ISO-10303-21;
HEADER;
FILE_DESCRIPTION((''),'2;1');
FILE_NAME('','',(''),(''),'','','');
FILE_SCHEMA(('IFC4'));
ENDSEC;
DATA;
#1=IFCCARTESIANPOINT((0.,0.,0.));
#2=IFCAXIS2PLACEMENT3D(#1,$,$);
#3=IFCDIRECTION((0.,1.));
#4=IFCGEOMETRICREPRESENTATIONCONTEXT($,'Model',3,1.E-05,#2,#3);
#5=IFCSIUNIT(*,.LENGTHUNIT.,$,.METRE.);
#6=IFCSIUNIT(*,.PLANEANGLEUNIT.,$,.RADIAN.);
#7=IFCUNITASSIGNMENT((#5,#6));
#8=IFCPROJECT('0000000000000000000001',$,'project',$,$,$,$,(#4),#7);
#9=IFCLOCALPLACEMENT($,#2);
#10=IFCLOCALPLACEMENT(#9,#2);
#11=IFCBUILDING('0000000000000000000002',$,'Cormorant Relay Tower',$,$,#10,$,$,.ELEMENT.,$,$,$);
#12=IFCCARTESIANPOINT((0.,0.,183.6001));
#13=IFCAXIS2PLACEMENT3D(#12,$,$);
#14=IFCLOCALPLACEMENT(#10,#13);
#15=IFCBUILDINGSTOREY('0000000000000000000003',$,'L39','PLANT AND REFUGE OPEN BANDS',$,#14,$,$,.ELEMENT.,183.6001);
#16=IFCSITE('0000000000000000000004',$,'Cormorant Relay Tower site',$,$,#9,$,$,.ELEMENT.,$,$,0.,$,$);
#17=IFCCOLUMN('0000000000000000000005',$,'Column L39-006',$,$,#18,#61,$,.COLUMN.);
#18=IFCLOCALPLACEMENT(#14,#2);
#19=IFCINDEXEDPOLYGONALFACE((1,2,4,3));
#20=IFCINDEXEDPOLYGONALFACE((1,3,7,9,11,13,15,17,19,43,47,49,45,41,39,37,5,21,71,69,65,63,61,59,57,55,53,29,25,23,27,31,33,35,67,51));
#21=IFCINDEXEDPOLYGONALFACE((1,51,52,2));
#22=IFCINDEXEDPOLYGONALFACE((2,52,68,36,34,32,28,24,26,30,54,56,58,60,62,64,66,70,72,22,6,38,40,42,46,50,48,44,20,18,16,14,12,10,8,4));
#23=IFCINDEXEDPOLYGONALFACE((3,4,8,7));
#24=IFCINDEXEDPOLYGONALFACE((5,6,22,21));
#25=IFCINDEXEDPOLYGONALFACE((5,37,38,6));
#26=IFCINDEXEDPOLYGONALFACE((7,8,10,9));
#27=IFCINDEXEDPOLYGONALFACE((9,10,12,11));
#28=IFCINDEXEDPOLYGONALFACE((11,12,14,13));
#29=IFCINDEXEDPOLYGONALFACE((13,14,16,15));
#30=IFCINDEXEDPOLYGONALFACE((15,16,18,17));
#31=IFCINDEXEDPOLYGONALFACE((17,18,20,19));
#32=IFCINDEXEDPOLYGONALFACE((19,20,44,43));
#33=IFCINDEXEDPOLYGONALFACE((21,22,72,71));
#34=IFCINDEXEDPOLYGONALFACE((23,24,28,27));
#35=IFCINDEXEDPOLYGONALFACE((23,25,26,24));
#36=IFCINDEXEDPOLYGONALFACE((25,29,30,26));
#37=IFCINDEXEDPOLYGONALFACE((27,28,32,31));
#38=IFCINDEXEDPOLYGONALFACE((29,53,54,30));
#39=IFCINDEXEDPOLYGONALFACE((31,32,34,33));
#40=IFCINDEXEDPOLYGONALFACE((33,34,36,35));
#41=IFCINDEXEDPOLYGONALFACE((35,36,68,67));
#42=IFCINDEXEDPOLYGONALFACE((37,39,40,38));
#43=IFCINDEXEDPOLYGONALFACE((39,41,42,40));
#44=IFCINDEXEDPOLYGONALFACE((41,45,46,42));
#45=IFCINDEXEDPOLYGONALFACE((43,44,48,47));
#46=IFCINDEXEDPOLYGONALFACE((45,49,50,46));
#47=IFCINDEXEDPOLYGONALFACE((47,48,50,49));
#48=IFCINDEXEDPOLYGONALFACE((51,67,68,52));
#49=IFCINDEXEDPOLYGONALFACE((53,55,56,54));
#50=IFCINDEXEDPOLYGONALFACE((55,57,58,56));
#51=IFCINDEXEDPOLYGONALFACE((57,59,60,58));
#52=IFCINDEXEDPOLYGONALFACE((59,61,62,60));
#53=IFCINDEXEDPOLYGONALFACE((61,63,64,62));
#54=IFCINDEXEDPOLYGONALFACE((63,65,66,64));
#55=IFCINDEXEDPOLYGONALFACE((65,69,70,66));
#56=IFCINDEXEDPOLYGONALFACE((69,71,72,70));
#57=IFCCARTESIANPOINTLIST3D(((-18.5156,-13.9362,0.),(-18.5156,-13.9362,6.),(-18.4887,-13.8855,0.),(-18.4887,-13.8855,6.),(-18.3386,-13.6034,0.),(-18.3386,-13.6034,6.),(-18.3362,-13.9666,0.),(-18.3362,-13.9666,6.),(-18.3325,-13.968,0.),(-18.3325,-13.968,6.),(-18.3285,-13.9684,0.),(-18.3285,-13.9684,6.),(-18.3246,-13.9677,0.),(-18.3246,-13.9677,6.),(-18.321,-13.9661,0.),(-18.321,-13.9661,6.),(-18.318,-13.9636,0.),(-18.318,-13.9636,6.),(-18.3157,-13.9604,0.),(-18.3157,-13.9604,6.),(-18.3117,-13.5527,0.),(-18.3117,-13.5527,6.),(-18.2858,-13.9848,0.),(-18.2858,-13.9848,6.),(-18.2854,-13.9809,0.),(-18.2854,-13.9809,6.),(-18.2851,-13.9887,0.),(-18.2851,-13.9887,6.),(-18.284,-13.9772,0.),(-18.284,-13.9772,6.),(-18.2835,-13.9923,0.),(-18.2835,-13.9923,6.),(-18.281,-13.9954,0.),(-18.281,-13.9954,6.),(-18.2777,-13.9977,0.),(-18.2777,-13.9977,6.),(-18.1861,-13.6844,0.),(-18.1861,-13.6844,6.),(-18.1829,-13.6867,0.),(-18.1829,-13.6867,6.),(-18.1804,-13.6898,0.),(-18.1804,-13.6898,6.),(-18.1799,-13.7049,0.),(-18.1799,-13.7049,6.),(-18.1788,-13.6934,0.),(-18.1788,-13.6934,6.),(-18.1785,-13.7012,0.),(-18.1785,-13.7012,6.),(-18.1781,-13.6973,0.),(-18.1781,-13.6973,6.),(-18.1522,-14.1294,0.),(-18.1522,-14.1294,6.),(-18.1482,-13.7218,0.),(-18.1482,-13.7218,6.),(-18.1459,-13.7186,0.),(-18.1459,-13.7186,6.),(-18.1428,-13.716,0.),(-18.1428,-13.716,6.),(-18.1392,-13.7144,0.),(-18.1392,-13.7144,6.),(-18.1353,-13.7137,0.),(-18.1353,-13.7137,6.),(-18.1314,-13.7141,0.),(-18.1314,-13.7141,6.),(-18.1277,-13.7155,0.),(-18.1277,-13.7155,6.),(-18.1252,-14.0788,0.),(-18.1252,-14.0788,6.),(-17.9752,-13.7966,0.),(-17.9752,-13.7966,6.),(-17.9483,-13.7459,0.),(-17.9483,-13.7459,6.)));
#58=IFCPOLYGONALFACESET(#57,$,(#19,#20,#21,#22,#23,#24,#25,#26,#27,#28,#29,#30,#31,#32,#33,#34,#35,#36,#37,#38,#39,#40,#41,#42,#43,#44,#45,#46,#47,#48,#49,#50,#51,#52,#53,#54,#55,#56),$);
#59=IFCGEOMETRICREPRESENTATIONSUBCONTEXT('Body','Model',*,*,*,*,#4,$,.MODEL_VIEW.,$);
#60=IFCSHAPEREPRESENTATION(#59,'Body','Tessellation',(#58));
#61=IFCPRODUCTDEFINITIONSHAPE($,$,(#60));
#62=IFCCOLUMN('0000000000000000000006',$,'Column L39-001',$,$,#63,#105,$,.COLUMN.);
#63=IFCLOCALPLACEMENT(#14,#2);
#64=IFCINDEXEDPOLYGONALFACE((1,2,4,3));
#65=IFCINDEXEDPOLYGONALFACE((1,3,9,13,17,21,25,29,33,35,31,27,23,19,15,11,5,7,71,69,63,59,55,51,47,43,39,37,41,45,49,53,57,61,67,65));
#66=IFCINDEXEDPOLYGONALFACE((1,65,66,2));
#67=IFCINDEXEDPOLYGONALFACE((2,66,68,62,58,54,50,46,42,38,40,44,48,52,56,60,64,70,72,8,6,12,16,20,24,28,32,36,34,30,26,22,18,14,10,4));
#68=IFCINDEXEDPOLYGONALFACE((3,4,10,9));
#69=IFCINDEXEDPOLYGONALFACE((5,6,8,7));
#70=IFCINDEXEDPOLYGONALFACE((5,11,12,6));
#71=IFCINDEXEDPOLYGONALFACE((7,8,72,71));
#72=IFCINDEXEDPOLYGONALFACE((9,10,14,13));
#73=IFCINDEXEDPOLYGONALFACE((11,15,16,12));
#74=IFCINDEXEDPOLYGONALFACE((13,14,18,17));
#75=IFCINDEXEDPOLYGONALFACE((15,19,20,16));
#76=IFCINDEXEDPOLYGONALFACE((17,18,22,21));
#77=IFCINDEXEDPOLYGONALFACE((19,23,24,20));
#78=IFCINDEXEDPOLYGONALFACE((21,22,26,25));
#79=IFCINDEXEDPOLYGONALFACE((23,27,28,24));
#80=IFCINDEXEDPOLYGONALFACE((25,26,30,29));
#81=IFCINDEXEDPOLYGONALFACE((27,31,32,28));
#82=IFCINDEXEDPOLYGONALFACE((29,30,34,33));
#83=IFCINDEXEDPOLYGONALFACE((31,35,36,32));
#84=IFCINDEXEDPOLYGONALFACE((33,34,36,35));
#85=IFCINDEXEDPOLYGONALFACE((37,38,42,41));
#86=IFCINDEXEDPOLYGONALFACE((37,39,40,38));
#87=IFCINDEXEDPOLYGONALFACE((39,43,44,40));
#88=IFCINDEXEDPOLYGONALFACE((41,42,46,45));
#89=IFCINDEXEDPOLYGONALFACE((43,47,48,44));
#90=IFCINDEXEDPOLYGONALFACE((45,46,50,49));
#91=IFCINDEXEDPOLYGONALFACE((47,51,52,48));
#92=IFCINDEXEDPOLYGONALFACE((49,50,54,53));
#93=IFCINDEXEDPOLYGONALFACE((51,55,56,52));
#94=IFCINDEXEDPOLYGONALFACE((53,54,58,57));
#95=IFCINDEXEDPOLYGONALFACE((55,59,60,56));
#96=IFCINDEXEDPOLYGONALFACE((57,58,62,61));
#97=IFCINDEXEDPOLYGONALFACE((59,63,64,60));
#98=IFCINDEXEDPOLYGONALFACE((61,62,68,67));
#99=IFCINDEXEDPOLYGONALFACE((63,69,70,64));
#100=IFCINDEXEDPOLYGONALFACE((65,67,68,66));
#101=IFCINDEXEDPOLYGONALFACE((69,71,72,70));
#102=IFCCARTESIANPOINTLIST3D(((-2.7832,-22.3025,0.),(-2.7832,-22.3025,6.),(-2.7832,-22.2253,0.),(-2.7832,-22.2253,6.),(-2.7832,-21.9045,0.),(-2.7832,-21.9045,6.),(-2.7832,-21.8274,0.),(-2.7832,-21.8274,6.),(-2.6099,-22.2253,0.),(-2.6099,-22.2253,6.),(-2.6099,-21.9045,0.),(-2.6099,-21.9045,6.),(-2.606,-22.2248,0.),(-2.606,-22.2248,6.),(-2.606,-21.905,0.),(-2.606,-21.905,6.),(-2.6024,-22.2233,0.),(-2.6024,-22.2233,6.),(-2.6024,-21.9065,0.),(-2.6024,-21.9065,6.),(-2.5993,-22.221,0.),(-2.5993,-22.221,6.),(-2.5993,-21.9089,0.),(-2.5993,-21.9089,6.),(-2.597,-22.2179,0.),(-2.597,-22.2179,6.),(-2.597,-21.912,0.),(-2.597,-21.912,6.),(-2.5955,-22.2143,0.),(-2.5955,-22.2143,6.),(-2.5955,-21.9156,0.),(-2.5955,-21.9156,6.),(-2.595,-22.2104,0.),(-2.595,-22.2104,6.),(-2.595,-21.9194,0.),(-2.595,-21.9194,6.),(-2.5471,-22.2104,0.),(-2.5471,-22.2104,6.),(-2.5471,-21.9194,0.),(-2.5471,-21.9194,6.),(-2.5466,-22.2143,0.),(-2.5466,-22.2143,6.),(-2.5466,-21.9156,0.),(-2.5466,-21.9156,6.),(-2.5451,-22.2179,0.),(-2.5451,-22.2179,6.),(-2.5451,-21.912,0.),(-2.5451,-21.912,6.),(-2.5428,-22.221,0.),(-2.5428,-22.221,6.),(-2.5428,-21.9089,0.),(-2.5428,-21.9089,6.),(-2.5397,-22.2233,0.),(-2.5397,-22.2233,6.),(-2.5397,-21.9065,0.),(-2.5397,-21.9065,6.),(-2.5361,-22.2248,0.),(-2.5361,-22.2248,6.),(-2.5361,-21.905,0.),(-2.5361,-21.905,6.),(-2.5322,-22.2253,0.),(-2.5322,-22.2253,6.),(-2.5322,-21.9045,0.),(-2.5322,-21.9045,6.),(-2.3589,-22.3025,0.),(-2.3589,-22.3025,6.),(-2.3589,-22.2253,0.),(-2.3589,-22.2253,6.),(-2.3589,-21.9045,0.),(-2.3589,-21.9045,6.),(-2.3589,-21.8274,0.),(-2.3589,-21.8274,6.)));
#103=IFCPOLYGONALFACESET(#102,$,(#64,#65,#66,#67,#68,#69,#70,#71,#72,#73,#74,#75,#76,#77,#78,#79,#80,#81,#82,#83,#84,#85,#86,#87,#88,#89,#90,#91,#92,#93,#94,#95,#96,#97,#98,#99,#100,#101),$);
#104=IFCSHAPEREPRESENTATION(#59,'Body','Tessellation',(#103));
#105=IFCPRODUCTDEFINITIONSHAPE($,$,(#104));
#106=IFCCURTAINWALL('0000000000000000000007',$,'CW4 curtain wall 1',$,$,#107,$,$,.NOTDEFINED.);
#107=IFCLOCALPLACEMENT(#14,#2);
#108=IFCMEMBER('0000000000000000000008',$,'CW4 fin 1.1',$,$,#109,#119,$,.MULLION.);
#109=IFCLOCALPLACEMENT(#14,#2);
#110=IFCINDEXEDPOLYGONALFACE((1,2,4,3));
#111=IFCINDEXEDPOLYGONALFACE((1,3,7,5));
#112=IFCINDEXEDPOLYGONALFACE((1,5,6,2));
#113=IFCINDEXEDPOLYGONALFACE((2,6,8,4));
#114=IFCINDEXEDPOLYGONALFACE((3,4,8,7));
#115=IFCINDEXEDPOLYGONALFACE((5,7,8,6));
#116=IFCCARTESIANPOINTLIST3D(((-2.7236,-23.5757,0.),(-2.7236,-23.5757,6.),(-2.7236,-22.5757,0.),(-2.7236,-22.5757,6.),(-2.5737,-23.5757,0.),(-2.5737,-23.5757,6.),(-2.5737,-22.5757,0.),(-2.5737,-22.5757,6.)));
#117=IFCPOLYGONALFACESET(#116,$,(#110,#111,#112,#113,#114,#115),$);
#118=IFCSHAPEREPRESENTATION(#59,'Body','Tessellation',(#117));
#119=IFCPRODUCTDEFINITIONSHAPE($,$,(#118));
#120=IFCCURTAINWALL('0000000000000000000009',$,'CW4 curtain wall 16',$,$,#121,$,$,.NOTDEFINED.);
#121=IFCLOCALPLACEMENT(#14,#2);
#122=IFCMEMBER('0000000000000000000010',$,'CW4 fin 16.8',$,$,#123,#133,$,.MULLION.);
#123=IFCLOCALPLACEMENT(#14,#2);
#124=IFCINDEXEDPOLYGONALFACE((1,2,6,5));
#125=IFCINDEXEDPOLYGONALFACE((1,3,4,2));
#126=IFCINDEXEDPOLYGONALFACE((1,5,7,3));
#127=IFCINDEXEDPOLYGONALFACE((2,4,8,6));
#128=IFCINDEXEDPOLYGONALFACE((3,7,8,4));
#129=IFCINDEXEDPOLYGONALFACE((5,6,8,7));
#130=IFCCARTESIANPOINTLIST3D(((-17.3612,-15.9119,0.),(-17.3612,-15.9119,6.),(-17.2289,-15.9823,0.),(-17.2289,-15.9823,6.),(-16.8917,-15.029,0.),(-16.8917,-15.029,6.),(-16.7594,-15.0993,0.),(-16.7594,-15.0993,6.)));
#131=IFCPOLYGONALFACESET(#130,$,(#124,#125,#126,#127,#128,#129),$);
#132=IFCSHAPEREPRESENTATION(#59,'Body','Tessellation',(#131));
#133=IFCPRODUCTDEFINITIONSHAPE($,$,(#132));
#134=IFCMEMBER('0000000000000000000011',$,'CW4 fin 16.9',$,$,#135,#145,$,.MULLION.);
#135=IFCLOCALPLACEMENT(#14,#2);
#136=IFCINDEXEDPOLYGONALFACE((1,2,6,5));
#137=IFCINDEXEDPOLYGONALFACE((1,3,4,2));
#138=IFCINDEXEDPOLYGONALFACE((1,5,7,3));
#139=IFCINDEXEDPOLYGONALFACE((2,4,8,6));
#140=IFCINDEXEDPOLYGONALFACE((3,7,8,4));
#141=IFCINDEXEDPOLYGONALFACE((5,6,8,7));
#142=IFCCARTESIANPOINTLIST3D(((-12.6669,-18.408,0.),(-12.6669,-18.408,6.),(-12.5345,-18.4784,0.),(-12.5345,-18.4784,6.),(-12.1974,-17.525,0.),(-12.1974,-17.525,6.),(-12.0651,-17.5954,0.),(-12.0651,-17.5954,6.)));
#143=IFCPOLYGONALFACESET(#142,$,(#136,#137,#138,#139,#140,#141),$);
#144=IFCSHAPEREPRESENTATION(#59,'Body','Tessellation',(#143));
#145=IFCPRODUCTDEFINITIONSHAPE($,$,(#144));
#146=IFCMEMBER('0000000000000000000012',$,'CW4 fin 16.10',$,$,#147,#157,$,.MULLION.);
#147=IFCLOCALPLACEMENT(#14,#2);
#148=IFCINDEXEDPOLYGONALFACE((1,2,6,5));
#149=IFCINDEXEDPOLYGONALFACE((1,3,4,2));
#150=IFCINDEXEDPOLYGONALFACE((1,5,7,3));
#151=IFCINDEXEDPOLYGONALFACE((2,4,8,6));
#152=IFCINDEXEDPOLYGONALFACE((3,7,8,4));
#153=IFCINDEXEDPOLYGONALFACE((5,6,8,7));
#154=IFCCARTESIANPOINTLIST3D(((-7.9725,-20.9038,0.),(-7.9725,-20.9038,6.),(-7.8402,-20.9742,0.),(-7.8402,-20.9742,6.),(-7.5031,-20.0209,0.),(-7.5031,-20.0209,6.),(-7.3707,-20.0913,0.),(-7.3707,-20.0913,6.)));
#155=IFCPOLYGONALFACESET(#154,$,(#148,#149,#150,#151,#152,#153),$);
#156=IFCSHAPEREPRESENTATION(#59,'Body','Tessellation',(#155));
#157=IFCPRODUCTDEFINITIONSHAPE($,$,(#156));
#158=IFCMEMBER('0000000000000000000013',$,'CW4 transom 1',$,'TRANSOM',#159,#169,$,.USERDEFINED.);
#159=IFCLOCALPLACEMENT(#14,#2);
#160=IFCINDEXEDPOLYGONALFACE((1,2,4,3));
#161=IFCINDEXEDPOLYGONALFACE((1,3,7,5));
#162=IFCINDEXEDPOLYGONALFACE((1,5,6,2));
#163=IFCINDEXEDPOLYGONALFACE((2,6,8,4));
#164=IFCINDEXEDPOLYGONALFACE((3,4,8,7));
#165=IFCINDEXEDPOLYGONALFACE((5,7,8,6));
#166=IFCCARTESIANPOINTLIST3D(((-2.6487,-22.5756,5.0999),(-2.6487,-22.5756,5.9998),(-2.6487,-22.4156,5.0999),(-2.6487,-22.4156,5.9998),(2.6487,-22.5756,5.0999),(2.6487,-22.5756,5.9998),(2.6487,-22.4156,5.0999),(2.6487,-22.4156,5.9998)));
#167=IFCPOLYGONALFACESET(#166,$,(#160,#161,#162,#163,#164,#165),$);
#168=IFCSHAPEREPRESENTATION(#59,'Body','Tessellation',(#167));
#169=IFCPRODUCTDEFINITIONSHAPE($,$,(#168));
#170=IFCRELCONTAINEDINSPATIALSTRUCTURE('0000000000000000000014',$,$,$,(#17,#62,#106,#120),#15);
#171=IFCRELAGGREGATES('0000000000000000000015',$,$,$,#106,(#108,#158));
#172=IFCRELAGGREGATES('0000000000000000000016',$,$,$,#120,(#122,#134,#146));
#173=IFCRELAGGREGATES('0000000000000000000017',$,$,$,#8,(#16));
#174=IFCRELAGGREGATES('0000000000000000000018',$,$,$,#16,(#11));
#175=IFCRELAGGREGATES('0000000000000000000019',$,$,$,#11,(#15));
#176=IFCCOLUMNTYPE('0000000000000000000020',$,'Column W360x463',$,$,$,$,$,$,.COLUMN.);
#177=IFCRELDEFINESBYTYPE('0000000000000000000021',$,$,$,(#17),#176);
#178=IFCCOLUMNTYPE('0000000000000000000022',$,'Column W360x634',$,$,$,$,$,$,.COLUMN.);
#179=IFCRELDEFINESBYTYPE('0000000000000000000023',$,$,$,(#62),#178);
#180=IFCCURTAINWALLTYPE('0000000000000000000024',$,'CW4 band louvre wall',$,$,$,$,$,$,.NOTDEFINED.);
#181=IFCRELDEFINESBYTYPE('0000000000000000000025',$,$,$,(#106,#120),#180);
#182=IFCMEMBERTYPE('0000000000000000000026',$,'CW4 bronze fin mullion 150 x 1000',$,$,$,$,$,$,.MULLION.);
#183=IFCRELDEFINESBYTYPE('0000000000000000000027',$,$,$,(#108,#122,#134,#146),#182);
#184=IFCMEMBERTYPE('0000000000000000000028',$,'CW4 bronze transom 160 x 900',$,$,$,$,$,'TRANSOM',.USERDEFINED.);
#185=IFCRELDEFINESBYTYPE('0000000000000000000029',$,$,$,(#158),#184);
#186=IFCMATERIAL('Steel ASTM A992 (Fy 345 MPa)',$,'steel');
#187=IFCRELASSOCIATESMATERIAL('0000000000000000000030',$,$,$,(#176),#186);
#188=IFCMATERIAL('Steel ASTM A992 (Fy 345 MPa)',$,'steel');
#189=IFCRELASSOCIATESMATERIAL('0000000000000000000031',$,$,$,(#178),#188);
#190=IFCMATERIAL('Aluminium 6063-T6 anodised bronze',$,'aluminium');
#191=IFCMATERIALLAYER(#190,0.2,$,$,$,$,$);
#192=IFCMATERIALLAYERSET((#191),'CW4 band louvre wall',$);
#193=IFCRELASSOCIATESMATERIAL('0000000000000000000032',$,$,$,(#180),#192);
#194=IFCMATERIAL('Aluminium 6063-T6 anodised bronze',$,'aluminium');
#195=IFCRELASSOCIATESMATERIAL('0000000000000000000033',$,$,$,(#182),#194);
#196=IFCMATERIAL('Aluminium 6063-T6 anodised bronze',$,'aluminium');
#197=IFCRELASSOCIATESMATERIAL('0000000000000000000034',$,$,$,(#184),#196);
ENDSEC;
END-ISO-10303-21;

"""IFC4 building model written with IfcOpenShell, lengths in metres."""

from ifc_helpers import new_model, si_unit, direction, frame, origin, origin_2d, place, context, subcontext, project, spatial, rectangle, i_section, extrude, material, layer, layer_set, material_profile, profile_set, type_object, element, aggregate, save


model = new_model("IFC4")

# Units and contexts
model_context = context("Model", 3, precision=1e-05, world=origin(), true_north=direction((0.0, 1.0)))
body_context = subcontext(model_context, "Body", "Model", "MODEL_VIEW")
ifc_project = project(units=[si_unit("LENGTHUNIT", "METRE"), si_unit("PLANEANGLEUNIT", "RADIAN")], contexts=[model_context])

# Site, building, storey
site_placement = place(None, origin())
site = spatial("IfcSite", under=ifc_project, at=site_placement, Name="Cormorant Relay Tower site", CompositionType="ELEMENT", RefElevation=0.0)
building_placement = place(site_placement, origin())
building = spatial("IfcBuilding", under=site, at=building_placement, Name="Cormorant Relay Tower", CompositionType="ELEMENT")
storey_placement = place(building_placement, frame((0.0, 0.0, 183.6001)))
storey = spatial("IfcBuildingStorey", under=building, at=storey_placement, Name="L39", Description="PLANT AND REFUGE OPEN BANDS", CompositionType="ELEMENT", Elevation=183.6001)

# Columns
ifc_material_1 = material(Name="Steel ASTM A992 (Fy 345 MPa)", Category="steel")
ifc_material_profile_1 = material_profile(ifc_material_1, i_section(OverallWidth=0.4116, OverallDepth=0.4343, WebThickness=0.0359, FlangeThickness=0.0574, FilletRadius=0.0151, at=origin_2d()), Name="W360x463")
ifc_profile_set_1 = profile_set([ifc_material_profile_1], Name="Steel ASTM A992 (Fy 345 MPa)")
column_type_1 = type_object("IfcColumnType", Name="Column W360x463", PredefinedType="COLUMN", material=ifc_profile_set_1)
for number, where, z_axis, x_axis, name in (
    (1, (-18.2319, -13.8411, 0.0), (0.0, 0.0, 1.0), (0.882948, -0.469472, 0.0), "Column L39-006"),
):
    element("IfcColumn", number, at=place(storey_placement, frame(where, z_axis=z_axis, x_axis=x_axis)), inside=storey, type_object=column_type_1, Name=name, PredefinedType="COLUMN", context=body_context, shape_type="SweptSolid", body=[
        extrude(i_section(OverallWidth=0.4116, OverallDepth=0.4343, WebThickness=0.0359, FlangeThickness=0.0574, FilletRadius=0.0151, at=origin_2d()), origin(), (0.0, 0.0, 1.0), 6.0),
    ])
ifc_material_2 = material(Name="Steel ASTM A992 (Fy 345 MPa)", Category="steel")
ifc_material_profile_2 = material_profile(ifc_material_2, i_section(OverallWidth=0.4243, OverallDepth=0.4751, WebThickness=0.0479, FlangeThickness=0.0771, FilletRadius=0.0149, at=origin_2d()), Name="W360x634")
ifc_profile_set_2 = profile_set([ifc_material_profile_2], Name="Steel ASTM A992 (Fy 345 MPa)")
column_type_2 = type_object("IfcColumnType", Name="Column W360x634", PredefinedType="COLUMN", material=ifc_profile_set_2)
column_placement = place(storey_placement, frame((-2.571, -22.0649, 0.0), z_axis=(0.0, 0.0, 1.0), x_axis=(1.0, 0.0, 0.0)))
element("IfcColumn", 2, at=column_placement, inside=storey, type_object=column_type_2, Name="Column L39-001", PredefinedType="COLUMN", context=body_context, shape_type="SweptSolid", body=[
    extrude(i_section(OverallWidth=0.4243, OverallDepth=0.4751, WebThickness=0.0479, FlangeThickness=0.0771, FilletRadius=0.0149, at=origin_2d()), origin(), (0.0, 0.0, 1.0), 6.0),
])

# Curtain wall, member
ifc_material_3 = material(Name="Aluminium 6063-T6 anodised bronze", Category="aluminium")
ifc_layer_1 = layer(ifc_material_3, 0.2)
ifc_layer_set_1 = layer_set([ifc_layer_1], Name="CW4 band louvre wall")
curtain_wall_type = type_object("IfcCurtainWallType", Name="CW4 band louvre wall", PredefinedType="NOTDEFINED", material=ifc_layer_set_1)
curtain_wall_1_placement = place(storey_placement, origin())
curtain_wall_1 = element("IfcCurtainWall", 3, at=curtain_wall_1_placement, inside=storey, type_object=curtain_wall_type, Name="CW4 curtain wall 1", PredefinedType="NOTDEFINED")
ifc_material_4 = material(Name="Aluminium 6063-T6 anodised bronze", Category="aluminium")
ifc_material_profile_3 = material_profile(ifc_material_4, rectangle(XDim=0.1499, YDim=1.0, at=origin_2d()), Name="AL 150x1000")
ifc_profile_set_3 = profile_set([ifc_material_profile_3], Name="Aluminium 6063-T6 anodised bronze")
member_type_1 = type_object("IfcMemberType", Name="CW4 bronze fin mullion 150 x 1000", PredefinedType="MULLION", material=ifc_profile_set_3)
member_1_placement = place(storey_placement, frame((-2.6487, -23.0757, 0.0), z_axis=(0.0, 0.0, 1.0), x_axis=(1.0, 0.0, 0.0)))
member_1 = element("IfcMember", 4, at=member_1_placement, type_object=member_type_1, Name="CW4 fin 1.1", PredefinedType="MULLION", context=body_context, shape_type="SweptSolid", body=[
    extrude(rectangle(XDim=0.1499, YDim=1.0, at=origin_2d()), origin(), (0.0, 0.0, 1.0), 6.0),
])

# Curtain wall, members
curtain_wall_2_placement = place(storey_placement, origin())
curtain_wall_2 = element("IfcCurtainWall", 5, at=curtain_wall_2_placement, inside=storey, type_object=curtain_wall_type, Name="CW4 curtain wall 16", PredefinedType="NOTDEFINED")
member_2_placement = place(storey_placement, frame((-17.0603, -15.5056, 0.0), z_axis=(0.0, 0.0, 1.0), x_axis=(0.882948, -0.469472, 0.0)))
member_2 = element("IfcMember", 6, at=member_2_placement, type_object=member_type_1, Name="CW4 fin 16.8", PredefinedType="MULLION", context=body_context, shape_type="SweptSolid", body=[
    extrude(rectangle(XDim=0.1499, YDim=1.0, at=origin_2d()), origin(), (0.0, 0.0, 1.0), 6.0),
])
member_3_placement = place(storey_placement, frame((-12.366, -18.0017, 0.0), z_axis=(0.0, 0.0, 1.0), x_axis=(0.882948, -0.469472, 0.0)))
member_3 = element("IfcMember", 7, at=member_3_placement, type_object=member_type_1, Name="CW4 fin 16.9", PredefinedType="MULLION", context=body_context, shape_type="SweptSolid", body=[
    extrude(rectangle(XDim=0.1499, YDim=1.0, at=origin_2d()), origin(), (0.0, 0.0, 1.0), 6.0),
])
member_4_placement = place(storey_placement, frame((-7.6716, -20.4976, 0.0), z_axis=(0.0, 0.0, 1.0), x_axis=(0.882948, -0.469472, 0.0)))
member_4 = element("IfcMember", 8, at=member_4_placement, type_object=member_type_1, Name="CW4 fin 16.10", PredefinedType="MULLION", context=body_context, shape_type="SweptSolid", body=[
    extrude(rectangle(XDim=0.1499, YDim=1.0, at=origin_2d()), origin(), (0.0, 0.0, 1.0), 6.0),
])

# Member
ifc_material_5 = material(Name="Aluminium 6063-T6 anodised bronze", Category="aluminium")
ifc_material_profile_4 = material_profile(ifc_material_5, rectangle(XDim=0.1599, YDim=0.8999, at=origin_2d()), Name="AL 160x900")
ifc_profile_set_4 = profile_set([ifc_material_profile_4], Name="Aluminium 6063-T6 anodised bronze")
member_type_2 = type_object("IfcMemberType", Name="CW4 bronze transom 160 x 900", ElementType="TRANSOM", PredefinedType="USERDEFINED", material=ifc_profile_set_4)
member_5_placement = place(storey_placement, frame((-2.6487, -22.4956, 5.5498), z_axis=(1.0, 0.0, 0.0), x_axis=(0.0, 1.0, 0.0)))
member_5 = element("IfcMember", 9, at=member_5_placement, type_object=member_type_2, Name="CW4 transom 1", ObjectType="TRANSOM", PredefinedType="USERDEFINED", context=body_context, shape_type="SweptSolid", body=[
    extrude(rectangle(XDim=0.1599, YDim=0.8999, at=origin_2d()), origin(), (0.0, 0.0, 1.0), 5.2974),
])

aggregate(curtain_wall_1, [member_1, member_5])
aggregate(curtain_wall_2, [member_2, member_3, member_4])

save(model, "model.ifc")
